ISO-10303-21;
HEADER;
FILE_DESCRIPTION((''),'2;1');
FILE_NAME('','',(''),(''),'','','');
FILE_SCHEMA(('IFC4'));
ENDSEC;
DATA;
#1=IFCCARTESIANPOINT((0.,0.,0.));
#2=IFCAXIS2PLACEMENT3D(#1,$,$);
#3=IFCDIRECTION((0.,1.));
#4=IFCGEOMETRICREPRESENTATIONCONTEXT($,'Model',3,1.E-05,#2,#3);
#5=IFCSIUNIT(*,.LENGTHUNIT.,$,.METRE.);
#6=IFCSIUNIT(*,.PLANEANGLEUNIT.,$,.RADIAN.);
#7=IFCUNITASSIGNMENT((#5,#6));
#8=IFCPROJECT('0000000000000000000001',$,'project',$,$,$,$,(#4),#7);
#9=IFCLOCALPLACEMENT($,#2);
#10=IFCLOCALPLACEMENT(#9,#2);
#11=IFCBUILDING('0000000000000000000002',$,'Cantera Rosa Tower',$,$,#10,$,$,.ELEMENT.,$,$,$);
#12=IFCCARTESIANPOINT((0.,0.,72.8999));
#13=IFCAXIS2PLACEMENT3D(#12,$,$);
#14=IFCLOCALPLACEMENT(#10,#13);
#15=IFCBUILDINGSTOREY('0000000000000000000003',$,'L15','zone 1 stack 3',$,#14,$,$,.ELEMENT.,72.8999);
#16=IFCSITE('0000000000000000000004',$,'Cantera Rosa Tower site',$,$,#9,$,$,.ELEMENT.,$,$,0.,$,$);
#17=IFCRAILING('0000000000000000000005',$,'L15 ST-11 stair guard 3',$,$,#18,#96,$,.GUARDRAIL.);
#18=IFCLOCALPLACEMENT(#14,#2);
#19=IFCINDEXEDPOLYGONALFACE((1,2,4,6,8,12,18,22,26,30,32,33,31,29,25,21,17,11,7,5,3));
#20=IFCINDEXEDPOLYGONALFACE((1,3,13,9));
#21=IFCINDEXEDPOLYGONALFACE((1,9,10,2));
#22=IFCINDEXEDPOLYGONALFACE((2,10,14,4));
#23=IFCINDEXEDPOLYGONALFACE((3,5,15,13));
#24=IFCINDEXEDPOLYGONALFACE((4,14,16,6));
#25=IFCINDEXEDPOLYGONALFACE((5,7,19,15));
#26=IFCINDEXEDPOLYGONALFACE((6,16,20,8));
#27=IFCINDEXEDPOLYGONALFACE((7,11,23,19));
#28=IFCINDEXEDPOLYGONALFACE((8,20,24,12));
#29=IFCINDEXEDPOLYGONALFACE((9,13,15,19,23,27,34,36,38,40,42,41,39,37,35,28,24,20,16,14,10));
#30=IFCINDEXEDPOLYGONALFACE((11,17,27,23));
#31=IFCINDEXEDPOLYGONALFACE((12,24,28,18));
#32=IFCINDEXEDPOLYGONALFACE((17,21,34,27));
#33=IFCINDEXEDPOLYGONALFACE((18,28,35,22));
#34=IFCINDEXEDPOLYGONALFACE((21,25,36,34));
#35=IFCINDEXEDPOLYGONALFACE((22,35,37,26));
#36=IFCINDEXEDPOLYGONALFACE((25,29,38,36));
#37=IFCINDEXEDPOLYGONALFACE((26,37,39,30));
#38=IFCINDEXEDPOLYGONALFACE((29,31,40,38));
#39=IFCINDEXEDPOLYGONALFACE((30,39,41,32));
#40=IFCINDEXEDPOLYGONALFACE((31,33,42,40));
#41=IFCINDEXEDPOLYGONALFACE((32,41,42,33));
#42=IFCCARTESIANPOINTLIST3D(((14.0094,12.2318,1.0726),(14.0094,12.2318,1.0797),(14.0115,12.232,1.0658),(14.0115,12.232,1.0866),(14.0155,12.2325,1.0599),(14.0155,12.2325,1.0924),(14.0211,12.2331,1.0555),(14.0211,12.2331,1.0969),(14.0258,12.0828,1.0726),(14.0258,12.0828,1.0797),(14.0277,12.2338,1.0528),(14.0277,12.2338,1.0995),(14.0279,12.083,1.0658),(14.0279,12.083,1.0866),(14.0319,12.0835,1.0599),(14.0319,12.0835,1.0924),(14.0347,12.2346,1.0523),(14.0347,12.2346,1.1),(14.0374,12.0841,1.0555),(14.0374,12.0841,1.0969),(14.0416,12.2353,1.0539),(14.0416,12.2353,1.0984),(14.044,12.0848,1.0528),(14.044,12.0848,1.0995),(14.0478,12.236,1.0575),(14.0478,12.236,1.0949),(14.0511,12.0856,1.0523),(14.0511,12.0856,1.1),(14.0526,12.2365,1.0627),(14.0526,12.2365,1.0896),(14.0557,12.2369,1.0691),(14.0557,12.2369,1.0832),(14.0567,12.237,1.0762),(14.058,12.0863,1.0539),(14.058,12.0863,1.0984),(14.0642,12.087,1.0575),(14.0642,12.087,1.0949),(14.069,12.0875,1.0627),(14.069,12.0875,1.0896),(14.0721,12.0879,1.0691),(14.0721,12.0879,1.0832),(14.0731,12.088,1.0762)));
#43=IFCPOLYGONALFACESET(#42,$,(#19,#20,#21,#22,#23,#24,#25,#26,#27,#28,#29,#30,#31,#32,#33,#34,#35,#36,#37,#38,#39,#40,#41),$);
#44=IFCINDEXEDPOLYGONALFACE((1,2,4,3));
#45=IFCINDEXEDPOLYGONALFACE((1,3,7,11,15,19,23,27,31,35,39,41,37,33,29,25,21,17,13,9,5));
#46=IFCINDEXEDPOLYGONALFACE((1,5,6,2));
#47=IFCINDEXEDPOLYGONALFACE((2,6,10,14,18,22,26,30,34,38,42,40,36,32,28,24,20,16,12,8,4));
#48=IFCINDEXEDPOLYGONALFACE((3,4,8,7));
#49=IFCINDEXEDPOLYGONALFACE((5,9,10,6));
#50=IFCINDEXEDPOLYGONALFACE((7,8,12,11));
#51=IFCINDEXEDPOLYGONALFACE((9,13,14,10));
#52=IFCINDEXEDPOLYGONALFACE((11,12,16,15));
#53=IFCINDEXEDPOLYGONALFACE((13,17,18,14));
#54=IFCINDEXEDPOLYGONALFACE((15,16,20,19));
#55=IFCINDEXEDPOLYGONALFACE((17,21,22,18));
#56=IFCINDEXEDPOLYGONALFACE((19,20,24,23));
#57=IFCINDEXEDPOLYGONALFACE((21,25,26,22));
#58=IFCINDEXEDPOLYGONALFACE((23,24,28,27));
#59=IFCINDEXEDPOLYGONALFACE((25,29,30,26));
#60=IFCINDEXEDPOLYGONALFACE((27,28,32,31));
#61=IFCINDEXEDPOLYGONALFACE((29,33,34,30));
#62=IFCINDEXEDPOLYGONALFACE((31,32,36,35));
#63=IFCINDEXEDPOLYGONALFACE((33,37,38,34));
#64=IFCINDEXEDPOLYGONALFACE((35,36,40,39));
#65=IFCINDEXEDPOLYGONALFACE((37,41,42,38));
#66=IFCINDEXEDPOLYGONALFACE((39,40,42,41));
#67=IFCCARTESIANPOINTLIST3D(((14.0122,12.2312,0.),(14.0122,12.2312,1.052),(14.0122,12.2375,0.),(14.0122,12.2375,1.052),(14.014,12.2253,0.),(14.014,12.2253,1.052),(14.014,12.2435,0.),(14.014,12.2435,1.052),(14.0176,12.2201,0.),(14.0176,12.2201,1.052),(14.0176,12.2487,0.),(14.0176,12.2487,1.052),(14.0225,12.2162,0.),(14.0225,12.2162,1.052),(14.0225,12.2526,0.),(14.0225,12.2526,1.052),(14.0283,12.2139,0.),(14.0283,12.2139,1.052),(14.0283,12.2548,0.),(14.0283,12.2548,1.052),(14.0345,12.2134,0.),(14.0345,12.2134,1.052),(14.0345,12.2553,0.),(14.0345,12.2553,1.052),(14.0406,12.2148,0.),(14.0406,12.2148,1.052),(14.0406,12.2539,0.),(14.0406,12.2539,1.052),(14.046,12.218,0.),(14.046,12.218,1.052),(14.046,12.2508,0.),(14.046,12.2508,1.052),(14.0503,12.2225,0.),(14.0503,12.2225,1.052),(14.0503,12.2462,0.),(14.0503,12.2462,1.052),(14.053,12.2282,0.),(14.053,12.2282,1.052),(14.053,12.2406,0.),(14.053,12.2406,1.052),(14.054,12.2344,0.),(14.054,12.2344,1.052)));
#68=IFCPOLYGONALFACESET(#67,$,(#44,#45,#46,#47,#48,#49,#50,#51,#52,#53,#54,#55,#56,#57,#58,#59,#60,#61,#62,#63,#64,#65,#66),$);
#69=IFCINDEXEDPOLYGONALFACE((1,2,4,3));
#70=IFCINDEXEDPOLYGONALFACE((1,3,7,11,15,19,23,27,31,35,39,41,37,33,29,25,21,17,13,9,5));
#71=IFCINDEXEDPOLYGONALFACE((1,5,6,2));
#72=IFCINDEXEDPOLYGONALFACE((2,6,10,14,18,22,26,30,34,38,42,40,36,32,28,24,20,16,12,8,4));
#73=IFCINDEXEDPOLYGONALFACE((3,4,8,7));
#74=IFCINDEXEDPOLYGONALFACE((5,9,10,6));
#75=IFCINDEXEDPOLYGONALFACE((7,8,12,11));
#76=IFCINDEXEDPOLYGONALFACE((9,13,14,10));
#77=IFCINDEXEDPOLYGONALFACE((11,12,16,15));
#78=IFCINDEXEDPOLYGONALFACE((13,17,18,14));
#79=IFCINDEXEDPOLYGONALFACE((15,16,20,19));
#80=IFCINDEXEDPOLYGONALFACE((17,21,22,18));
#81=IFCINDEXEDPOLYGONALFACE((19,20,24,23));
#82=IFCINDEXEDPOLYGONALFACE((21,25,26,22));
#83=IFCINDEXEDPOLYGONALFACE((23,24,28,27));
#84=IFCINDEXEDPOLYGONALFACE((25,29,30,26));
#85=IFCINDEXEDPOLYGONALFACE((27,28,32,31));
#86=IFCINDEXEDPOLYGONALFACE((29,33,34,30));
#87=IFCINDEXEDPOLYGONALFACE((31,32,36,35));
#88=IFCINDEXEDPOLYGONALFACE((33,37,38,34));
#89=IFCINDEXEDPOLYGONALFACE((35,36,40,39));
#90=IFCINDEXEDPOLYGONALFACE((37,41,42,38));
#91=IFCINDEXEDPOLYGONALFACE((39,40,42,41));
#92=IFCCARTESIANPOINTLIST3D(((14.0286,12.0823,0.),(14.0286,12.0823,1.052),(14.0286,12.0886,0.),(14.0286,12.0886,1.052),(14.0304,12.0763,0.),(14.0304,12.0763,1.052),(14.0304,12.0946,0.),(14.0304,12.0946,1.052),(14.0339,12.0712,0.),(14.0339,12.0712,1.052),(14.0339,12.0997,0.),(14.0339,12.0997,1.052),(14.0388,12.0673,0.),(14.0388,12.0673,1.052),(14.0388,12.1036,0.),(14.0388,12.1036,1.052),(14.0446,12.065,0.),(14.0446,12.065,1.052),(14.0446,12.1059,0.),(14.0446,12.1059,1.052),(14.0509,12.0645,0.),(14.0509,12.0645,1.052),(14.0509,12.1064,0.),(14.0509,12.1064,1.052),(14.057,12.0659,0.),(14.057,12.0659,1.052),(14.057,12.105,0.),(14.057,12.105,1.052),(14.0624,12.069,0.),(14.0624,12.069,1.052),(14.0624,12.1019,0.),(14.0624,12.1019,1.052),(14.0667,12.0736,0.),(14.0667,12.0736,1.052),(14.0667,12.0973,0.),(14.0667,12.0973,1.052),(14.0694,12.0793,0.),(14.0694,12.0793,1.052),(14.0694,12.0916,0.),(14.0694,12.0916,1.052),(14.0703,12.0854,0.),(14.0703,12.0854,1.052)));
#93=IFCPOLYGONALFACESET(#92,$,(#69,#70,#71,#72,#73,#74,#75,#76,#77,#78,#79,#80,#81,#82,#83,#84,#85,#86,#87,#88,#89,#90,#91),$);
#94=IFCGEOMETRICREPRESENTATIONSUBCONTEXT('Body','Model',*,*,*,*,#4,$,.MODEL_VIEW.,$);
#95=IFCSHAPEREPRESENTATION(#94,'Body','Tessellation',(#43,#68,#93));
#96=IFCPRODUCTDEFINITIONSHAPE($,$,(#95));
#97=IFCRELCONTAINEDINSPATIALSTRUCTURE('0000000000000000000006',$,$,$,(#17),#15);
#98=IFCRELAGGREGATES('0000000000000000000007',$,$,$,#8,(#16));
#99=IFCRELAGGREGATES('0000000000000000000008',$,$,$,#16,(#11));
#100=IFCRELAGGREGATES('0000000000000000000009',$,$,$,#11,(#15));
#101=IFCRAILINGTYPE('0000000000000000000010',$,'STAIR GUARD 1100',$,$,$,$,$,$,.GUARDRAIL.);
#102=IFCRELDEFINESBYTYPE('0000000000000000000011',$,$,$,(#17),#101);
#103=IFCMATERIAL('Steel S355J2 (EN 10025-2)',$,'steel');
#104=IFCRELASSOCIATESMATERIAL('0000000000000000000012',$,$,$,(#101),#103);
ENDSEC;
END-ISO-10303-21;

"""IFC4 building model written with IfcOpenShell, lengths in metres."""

from ifc_helpers import new_model, si_unit, direction, frame, origin, origin_2d, place, context, subcontext, project, spatial, circle, extrude, material, type_object, element, save


model = new_model("IFC4")

# Units and contexts
model_context = context("Model", 3, precision=1e-05, world=origin(), true_north=direction((0.0, 1.0)))
body_context = subcontext(model_context, "Body", "Model", "MODEL_VIEW")
ifc_project = project(units=[si_unit("LENGTHUNIT", "METRE"), si_unit("PLANEANGLEUNIT", "RADIAN")], contexts=[model_context])

# Site, building, storey
site_placement = place(None, origin())
site = spatial("IfcSite", under=ifc_project, at=site_placement, Name="Cantera Rosa Tower site", CompositionType="ELEMENT", RefElevation=0.0)
building_placement = place(site_placement, origin())
building = spatial("IfcBuilding", under=site, at=building_placement, Name="Cantera Rosa Tower", CompositionType="ELEMENT")
storey_placement = place(building_placement, frame((0.0, 0.0, 72.8999)))
storey = spatial("IfcBuildingStorey", under=building, at=storey_placement, Name="L15", Description="zone 1 stack 3", CompositionType="ELEMENT", Elevation=72.8999)

# Railing
ifc_material_1 = material(Name="Steel S355J2 (EN 10025-2)", Category="steel")
railing_type_1 = type_object("IfcRailingType", Name="STAIR GUARD 1100", PredefinedType="GUARDRAIL", material=ifc_material_1)
railing_1_placement = place(storey_placement, frame((14.033, 12.2344, 0.0)))
element("IfcRailing", 1, at=railing_1_placement, inside=storey, type_object=railing_type_1, Name="L15 ST-11 stair guard 3", PredefinedType="GUARDRAIL", context=body_context, shape_type="SweptSolid", body=[
    extrude(circle(Radius=0.0239, at=origin_2d()), frame((0.0, 0.0, 1.0762), z_axis=(0.109179, -0.994022, 0.0), x_axis=(0.994022, 0.109179, 0.0)), (0.0, 0.0, 1.0), 0.1499),
    extrude(circle(Radius=0.021, at=origin_2d()), origin(), (0.0, 0.0, 1.0), 1.052),
    extrude(circle(Radius=0.021, at=origin_2d()), frame((0.0164, -0.1489, 0.0)), (0.0, 0.0, 1.0), 1.052),
])

save(model, "model.ifc")
